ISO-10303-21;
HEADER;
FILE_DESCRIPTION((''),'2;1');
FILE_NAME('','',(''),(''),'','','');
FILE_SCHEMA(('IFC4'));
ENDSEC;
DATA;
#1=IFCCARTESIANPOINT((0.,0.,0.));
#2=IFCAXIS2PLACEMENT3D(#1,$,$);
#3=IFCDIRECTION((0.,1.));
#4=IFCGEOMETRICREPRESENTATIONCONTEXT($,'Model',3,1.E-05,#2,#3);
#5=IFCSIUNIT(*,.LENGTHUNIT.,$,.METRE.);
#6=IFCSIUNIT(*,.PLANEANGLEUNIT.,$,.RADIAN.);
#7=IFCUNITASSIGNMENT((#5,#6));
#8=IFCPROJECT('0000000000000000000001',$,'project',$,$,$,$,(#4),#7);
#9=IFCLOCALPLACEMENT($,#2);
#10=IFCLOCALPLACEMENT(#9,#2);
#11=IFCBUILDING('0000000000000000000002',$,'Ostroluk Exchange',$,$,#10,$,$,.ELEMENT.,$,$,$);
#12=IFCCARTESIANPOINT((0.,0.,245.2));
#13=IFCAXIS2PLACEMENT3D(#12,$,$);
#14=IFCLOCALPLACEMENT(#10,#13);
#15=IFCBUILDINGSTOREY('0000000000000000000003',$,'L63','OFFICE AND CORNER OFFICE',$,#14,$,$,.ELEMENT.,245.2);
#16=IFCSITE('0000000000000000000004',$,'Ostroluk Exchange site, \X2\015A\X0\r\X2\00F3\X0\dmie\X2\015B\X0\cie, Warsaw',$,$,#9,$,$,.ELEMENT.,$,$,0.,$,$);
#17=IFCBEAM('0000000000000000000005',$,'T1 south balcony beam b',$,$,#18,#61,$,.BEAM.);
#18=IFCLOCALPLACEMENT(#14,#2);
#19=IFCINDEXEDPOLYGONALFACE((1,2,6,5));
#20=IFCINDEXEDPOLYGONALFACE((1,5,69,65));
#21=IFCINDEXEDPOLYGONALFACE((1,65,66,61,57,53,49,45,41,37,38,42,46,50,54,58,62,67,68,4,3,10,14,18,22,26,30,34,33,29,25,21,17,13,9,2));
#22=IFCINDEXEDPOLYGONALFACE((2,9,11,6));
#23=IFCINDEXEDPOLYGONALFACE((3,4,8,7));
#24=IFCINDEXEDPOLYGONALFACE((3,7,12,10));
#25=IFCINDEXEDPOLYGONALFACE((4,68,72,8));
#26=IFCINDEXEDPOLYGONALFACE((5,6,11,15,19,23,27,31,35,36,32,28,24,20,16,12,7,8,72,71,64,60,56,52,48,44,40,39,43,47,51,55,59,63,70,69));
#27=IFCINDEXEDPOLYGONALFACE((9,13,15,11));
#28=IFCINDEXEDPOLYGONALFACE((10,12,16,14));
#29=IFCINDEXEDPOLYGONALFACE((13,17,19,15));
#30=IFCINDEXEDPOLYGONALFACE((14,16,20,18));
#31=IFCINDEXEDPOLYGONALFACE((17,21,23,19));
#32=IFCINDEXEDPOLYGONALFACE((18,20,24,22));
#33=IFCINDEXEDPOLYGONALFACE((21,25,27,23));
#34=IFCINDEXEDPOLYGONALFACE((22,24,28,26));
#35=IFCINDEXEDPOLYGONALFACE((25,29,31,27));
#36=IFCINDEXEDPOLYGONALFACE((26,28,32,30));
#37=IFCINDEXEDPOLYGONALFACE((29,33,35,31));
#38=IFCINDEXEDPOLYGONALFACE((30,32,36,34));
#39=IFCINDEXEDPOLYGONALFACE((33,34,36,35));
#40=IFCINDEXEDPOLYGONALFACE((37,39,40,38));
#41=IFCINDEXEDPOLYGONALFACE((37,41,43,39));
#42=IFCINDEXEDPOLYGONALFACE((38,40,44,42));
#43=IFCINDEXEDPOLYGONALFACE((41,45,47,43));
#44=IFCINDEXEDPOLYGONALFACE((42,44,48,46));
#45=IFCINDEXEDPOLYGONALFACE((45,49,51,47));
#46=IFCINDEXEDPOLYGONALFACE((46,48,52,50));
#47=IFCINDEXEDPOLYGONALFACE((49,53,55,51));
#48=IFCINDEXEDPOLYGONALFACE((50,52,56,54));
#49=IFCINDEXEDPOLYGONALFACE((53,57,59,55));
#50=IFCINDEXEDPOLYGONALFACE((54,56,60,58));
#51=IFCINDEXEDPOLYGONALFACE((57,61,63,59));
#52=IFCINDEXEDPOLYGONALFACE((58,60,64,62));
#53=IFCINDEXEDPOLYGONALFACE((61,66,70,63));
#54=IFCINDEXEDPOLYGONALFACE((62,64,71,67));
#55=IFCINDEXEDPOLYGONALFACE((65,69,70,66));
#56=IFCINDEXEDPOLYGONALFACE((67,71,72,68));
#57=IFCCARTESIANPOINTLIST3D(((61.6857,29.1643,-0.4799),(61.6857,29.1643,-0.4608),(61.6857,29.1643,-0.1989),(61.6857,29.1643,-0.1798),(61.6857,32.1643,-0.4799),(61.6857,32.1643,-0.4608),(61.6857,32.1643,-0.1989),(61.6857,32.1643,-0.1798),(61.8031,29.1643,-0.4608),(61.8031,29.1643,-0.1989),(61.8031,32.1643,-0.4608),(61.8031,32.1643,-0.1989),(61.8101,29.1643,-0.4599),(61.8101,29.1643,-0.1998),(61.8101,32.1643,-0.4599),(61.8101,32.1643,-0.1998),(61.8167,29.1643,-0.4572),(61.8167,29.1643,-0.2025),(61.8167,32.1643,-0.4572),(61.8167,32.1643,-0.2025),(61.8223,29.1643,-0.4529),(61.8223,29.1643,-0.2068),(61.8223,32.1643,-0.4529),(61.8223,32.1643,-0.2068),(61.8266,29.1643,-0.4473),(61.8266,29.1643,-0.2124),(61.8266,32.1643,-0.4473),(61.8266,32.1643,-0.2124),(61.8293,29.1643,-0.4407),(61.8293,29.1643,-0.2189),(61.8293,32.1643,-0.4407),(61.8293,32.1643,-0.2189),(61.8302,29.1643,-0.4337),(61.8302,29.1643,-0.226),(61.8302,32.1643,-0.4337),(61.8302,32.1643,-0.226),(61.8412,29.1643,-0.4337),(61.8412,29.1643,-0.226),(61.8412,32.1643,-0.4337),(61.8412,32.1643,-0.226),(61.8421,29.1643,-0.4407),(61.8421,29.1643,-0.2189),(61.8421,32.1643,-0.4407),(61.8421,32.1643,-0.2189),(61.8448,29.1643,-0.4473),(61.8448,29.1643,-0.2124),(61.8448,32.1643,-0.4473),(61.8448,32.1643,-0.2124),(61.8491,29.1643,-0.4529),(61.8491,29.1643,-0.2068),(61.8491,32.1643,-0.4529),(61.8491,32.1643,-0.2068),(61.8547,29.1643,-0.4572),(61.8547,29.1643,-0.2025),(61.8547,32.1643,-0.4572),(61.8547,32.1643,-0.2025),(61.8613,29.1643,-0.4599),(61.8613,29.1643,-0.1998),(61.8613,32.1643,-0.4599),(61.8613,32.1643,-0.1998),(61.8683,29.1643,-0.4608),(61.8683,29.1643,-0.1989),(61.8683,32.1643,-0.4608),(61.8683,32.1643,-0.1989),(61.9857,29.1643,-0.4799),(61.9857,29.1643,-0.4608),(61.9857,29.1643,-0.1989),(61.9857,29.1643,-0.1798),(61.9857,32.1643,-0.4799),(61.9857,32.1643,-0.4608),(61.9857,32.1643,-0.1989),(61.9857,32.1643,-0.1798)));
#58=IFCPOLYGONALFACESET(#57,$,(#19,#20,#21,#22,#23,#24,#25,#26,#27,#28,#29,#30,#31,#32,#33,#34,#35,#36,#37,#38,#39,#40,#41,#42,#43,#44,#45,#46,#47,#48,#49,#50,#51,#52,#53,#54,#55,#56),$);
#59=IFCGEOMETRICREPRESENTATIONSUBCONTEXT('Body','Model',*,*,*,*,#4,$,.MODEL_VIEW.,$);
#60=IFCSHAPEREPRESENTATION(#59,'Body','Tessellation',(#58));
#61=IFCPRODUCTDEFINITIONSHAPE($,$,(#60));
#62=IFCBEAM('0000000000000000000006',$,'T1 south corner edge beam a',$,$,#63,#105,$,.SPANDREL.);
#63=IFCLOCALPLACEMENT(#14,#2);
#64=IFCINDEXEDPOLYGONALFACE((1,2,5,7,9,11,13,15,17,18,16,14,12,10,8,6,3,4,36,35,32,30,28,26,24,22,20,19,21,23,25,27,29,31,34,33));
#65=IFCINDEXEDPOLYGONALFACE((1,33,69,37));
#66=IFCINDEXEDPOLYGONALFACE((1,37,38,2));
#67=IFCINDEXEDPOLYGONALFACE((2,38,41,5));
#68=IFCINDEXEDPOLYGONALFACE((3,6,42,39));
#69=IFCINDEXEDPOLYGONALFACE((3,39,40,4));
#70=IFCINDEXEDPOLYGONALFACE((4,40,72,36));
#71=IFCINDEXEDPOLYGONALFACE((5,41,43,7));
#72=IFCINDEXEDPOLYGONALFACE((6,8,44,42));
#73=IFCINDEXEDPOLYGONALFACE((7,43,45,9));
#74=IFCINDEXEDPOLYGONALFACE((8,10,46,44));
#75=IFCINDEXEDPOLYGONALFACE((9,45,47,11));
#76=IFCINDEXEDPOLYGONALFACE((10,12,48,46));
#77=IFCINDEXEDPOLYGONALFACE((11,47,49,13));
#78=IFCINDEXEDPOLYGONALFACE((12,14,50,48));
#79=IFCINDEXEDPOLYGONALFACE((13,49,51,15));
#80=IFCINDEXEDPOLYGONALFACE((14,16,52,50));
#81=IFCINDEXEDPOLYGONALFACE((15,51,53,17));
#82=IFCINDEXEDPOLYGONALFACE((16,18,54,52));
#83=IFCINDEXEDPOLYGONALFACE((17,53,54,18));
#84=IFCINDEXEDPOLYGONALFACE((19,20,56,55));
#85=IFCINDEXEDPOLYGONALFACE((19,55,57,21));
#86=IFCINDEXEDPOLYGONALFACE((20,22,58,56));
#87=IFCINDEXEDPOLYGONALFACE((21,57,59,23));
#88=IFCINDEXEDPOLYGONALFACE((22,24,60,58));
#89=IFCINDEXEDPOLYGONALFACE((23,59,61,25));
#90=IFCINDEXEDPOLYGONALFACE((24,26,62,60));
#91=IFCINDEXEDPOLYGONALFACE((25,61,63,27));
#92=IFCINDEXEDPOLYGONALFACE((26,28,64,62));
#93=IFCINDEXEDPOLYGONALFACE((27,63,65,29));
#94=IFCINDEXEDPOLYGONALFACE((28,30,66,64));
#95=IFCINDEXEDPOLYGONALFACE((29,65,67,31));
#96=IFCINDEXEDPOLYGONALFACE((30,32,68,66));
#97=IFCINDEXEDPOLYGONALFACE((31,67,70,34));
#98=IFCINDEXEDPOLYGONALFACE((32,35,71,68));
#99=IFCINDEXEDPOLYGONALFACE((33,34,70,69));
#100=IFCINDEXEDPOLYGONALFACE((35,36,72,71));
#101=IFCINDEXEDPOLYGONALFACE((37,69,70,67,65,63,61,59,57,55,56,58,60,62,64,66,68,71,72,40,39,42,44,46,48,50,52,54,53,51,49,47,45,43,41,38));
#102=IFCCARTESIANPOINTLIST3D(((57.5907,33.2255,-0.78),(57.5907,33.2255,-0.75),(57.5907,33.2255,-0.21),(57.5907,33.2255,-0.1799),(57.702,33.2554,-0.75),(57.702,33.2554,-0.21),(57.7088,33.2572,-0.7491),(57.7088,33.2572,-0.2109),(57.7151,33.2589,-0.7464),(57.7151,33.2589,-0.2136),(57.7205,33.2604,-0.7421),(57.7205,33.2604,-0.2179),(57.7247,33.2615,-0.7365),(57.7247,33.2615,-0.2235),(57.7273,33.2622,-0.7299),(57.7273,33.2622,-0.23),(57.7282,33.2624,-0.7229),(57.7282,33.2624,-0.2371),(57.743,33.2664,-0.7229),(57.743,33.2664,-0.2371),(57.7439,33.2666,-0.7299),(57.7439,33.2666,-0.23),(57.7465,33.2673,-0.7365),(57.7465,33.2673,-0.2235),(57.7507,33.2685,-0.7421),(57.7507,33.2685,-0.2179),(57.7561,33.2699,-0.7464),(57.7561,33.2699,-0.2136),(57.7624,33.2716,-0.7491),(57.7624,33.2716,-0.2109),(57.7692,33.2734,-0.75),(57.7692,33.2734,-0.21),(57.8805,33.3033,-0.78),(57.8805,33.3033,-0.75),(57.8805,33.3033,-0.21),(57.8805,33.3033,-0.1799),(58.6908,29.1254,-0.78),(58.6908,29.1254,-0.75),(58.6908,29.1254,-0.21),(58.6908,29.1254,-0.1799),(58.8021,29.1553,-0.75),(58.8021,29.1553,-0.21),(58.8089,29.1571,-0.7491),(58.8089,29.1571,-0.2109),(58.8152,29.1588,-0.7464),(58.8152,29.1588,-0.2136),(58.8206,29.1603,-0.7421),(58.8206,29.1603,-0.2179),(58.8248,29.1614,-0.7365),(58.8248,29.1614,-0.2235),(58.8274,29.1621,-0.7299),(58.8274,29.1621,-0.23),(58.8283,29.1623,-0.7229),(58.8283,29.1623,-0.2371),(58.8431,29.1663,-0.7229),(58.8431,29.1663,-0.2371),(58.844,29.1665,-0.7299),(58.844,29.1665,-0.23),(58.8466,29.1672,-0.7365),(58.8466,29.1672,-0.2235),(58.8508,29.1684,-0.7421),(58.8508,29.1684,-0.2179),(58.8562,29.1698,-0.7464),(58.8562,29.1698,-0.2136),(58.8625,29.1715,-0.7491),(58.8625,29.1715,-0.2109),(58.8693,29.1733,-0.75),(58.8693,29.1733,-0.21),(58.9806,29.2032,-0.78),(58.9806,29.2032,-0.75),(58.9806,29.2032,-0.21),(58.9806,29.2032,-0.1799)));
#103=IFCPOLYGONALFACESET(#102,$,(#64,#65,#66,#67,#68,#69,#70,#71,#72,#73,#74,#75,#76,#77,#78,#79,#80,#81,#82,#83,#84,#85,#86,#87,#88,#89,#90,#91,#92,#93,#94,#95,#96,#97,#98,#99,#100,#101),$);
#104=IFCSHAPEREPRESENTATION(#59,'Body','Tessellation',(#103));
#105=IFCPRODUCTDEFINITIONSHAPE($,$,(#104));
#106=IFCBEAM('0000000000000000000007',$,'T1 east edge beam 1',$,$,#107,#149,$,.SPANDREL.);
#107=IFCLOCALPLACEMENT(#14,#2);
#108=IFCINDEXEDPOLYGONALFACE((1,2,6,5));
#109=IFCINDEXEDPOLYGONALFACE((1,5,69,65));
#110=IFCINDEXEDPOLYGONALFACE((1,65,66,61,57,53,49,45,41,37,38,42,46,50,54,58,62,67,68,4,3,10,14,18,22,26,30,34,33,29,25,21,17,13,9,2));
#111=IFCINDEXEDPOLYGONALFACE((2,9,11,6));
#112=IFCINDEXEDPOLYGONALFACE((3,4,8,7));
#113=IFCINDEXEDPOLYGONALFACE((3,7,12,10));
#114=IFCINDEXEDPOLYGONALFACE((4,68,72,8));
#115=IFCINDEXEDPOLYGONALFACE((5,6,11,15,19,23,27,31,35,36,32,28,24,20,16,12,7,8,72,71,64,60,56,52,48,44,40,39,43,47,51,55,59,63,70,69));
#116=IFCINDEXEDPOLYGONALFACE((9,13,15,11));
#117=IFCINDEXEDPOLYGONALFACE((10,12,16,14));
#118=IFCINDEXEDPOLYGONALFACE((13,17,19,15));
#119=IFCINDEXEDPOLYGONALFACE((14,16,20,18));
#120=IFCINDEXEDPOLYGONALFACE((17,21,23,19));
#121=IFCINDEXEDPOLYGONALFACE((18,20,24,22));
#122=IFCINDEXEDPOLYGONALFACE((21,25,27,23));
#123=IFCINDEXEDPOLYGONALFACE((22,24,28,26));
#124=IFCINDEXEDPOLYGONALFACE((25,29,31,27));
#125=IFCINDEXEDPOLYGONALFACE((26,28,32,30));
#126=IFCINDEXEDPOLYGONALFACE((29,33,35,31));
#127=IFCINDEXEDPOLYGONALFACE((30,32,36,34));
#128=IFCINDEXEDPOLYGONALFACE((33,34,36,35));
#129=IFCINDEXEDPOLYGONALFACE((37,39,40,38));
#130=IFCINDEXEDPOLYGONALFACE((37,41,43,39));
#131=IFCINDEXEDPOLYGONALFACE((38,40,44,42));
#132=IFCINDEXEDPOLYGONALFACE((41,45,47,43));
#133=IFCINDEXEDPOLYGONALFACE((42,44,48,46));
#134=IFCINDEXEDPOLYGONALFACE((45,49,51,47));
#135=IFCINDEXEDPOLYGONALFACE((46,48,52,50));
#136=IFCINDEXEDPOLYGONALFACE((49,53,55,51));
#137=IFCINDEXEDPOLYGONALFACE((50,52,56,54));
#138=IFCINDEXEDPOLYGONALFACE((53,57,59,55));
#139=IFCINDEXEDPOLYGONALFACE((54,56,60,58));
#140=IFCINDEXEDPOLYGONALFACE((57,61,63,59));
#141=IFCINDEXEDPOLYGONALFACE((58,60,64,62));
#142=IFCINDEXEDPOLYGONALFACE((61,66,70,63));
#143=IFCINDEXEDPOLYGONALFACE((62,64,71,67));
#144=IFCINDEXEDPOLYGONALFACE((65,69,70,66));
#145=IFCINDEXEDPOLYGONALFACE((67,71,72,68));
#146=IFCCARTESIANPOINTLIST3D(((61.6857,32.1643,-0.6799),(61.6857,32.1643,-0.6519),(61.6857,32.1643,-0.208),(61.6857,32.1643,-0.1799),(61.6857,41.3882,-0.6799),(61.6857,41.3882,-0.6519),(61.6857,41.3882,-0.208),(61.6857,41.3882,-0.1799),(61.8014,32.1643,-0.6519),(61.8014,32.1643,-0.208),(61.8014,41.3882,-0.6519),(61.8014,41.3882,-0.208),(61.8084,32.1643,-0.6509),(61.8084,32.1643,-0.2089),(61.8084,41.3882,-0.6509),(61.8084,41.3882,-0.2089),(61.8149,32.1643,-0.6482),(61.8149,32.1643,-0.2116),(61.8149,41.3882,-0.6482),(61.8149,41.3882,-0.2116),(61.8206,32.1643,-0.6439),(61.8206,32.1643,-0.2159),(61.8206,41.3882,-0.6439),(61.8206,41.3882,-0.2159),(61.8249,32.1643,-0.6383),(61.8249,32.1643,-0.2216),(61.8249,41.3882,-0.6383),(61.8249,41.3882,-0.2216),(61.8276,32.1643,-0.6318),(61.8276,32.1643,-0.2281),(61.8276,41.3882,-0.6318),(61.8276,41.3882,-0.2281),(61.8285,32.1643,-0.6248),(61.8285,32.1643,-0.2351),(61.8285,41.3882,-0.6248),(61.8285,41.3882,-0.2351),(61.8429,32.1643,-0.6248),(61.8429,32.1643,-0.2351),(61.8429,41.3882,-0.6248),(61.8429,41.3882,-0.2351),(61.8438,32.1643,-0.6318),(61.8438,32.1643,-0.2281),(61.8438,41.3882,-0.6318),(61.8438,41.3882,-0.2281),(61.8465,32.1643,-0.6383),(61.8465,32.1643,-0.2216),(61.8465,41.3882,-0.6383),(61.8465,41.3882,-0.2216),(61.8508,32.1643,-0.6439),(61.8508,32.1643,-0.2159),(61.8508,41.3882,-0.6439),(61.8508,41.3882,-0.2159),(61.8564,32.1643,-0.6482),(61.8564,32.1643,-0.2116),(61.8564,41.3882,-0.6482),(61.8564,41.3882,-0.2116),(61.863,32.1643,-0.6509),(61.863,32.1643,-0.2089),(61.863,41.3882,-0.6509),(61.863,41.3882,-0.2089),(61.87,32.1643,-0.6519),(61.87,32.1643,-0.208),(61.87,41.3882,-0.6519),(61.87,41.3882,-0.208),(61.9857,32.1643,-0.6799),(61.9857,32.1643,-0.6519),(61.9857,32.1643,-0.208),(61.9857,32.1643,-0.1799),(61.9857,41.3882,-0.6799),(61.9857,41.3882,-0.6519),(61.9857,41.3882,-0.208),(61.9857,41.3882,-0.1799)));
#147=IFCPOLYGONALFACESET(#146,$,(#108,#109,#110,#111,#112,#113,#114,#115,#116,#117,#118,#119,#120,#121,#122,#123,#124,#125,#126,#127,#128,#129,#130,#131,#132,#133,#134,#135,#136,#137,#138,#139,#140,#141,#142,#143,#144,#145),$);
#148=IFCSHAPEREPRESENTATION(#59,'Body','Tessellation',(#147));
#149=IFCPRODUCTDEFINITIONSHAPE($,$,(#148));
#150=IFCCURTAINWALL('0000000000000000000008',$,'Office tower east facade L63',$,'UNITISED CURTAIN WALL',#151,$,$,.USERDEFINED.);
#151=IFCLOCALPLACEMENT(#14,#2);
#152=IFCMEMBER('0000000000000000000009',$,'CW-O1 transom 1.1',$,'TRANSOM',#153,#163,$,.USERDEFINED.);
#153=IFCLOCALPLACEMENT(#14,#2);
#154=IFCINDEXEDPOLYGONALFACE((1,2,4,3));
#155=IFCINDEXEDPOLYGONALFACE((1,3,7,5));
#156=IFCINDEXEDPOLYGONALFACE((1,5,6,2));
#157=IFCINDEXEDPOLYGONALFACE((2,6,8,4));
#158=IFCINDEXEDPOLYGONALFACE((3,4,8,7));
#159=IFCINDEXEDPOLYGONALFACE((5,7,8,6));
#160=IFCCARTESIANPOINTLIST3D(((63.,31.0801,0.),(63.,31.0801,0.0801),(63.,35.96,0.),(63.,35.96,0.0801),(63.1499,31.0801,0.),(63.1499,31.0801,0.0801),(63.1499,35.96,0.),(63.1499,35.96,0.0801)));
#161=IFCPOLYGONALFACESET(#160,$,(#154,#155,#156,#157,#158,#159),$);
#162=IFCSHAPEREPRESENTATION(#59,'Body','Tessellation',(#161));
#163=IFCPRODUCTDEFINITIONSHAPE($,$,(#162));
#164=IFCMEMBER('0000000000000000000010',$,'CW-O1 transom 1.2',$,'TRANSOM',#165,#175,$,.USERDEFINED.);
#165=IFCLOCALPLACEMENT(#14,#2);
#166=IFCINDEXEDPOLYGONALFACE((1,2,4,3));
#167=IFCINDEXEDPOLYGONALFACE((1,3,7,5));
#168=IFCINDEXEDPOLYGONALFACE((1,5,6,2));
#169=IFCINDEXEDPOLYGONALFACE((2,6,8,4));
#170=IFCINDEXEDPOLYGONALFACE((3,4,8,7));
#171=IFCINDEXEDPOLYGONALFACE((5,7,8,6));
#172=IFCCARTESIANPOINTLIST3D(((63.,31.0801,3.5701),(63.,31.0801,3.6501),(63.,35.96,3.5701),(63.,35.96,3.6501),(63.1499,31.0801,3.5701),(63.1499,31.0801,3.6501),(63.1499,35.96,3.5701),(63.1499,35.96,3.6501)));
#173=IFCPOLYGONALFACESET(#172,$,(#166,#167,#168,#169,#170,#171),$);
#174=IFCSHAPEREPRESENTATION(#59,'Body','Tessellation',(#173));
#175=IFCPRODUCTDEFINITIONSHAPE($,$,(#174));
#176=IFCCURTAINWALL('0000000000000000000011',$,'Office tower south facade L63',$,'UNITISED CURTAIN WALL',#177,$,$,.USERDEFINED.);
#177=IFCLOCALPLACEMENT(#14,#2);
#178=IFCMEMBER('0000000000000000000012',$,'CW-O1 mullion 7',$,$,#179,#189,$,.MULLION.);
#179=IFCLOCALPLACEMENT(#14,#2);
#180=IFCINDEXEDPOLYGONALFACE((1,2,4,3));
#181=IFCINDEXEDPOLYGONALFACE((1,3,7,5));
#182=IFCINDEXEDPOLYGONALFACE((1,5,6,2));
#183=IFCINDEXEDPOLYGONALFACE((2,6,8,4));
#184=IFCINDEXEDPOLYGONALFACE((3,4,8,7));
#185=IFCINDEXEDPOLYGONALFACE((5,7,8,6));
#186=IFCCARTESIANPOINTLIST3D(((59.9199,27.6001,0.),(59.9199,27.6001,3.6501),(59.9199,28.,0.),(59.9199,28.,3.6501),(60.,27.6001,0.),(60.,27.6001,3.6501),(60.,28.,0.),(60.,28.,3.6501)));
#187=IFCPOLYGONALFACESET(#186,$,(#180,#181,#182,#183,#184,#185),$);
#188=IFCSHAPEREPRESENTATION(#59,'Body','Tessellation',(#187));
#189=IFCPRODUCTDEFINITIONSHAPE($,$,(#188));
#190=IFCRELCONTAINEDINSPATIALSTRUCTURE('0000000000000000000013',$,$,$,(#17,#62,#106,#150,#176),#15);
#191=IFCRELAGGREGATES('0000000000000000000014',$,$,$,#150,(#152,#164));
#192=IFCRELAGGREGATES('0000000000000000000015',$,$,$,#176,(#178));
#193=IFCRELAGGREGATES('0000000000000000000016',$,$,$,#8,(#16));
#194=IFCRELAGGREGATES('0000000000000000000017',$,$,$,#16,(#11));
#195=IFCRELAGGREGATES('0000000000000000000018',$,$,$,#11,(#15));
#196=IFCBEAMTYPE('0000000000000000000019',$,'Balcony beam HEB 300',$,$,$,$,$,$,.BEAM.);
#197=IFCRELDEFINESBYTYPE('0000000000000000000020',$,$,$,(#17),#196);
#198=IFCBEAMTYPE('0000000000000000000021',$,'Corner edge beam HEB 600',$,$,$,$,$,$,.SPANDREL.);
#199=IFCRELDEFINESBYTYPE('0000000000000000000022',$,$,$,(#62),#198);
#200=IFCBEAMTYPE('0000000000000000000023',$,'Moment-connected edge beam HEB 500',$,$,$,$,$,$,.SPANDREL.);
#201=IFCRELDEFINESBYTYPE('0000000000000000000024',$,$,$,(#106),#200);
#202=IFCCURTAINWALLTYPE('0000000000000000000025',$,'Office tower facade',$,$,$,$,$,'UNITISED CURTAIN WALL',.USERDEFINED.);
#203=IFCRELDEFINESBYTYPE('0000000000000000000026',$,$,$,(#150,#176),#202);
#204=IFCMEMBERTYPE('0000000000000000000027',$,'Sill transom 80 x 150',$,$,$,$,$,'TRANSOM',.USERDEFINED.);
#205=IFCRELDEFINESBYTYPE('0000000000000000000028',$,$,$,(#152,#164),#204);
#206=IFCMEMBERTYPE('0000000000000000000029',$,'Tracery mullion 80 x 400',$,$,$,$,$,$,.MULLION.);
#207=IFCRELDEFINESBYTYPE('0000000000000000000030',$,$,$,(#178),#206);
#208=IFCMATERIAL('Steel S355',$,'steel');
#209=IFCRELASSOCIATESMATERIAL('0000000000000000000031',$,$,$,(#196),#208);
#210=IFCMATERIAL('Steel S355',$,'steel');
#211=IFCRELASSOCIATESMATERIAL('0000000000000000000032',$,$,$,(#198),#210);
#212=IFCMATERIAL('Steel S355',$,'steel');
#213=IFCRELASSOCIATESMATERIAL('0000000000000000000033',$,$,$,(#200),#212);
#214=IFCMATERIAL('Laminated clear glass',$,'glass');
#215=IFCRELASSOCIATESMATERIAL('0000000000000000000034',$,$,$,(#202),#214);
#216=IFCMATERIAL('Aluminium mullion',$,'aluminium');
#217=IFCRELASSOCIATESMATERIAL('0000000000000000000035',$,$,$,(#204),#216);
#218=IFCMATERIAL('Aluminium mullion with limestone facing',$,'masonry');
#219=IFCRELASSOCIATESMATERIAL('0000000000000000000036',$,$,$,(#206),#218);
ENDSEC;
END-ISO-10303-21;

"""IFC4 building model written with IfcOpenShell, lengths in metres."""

from ifc_helpers import new_model, si_unit, direction, frame, origin, origin_2d, place, context, subcontext, project, spatial, rectangle, i_section, extrude, material, material_profile, profile_set, type_object, element, aggregate, save


model = new_model("IFC4")

# Units and contexts
model_context = context("Model", 3, precision=1e-05, world=origin(), true_north=direction((0.0, 1.0)))
body_context = subcontext(model_context, "Body", "Model", "MODEL_VIEW")
ifc_project = project(units=[si_unit("LENGTHUNIT", "METRE"), si_unit("PLANEANGLEUNIT", "RADIAN")], contexts=[model_context])

# Site, building, storey
site_placement = place(None, origin())
site = spatial("IfcSite", under=ifc_project, at=site_placement, Name="Ostroluk Exchange site, Śródmieście, Warsaw", CompositionType="ELEMENT", RefElevation=0.0)
building_placement = place(site_placement, origin())
building = spatial("IfcBuilding", under=site, at=building_placement, Name="Ostroluk Exchange", CompositionType="ELEMENT")
storey_placement = place(building_placement, frame((0.0, 0.0, 245.2)))
storey = spatial("IfcBuildingStorey", under=building, at=storey_placement, Name="L63", Description="OFFICE AND CORNER OFFICE", CompositionType="ELEMENT", Elevation=245.2)

# Beams
ifc_material_1 = material(Name="Steel S355", Category="steel")
ifc_material_profile_1 = material_profile(ifc_material_1, i_section(OverallWidth=0.3, OverallDepth=0.3, WebThickness=0.011, FlangeThickness=0.019, FilletRadius=0.0271, at=origin_2d()), Name="HEB 300")
ifc_profile_set_1 = profile_set([ifc_material_profile_1], Name="Steel S355")
beam_type_1 = type_object("IfcBeamType", Name="Balcony beam HEB 300", PredefinedType="BEAM", material=ifc_profile_set_1)
for number, where, z_axis, x_axis, name in (
    (1, (61.8357, 32.1643, -0.3298), (0.0, -1.0, 0.0), (1.0, 0.0, 0.0), "T1 south balcony beam b"),
):
    element("IfcBeam", number, at=place(storey_placement, frame(where, z_axis=z_axis, x_axis=x_axis)), inside=storey, type_object=beam_type_1, Name=name, PredefinedType="BEAM", context=body_context, shape_type="SweptSolid", body=[
        extrude(i_section(OverallWidth=0.3, OverallDepth=0.3, WebThickness=0.011, FlangeThickness=0.019, FilletRadius=0.0271, at=origin_2d()), origin(), (0.0, 0.0, 1.0), 3.0),
    ])
ifc_material_2 = material(Name="Steel S355", Category="steel")
ifc_material_profile_2 = material_profile(ifc_material_2, i_section(OverallWidth=0.3, OverallDepth=0.6001, WebThickness=0.0154, FlangeThickness=0.03, FilletRadius=0.0271, at=origin_2d()), Name="HEB 600")
ifc_profile_set_2 = profile_set([ifc_material_profile_2], Name="Steel S355")
beam_type_2 = type_object("IfcBeamType", Name="Corner edge beam HEB 600", PredefinedType="SPANDREL", material=ifc_profile_set_2)
beam_1_placement = place(storey_placement, frame((57.7356, 33.2644, -0.48), z_axis=(0.259144, -0.965839, 0.0), x_axis=(0.965839, 0.259144, 0.0)))
element("IfcBeam", 2, at=beam_1_placement, inside=storey, type_object=beam_type_2, Name="T1 south corner edge beam a", PredefinedType="SPANDREL", context=body_context, shape_type="SweptSolid", body=[
    extrude(i_section(OverallWidth=0.3, OverallDepth=0.6001, WebThickness=0.0154, FlangeThickness=0.03, FilletRadius=0.0271, at=origin_2d()), origin(), (0.0, 0.0, 1.0), 4.2451),
])
ifc_material_3 = material(Name="Steel S355", Category="steel")
ifc_material_profile_3 = material_profile(ifc_material_3, i_section(OverallWidth=0.3, OverallDepth=0.5, WebThickness=0.0144, FlangeThickness=0.0281, FilletRadius=0.0271, at=origin_2d()), Name="HEB 500")
ifc_profile_set_3 = profile_set([ifc_material_profile_3], Name="Steel S355")
beam_type_3 = type_object("IfcBeamType", Name="Moment-connected edge beam HEB 500", PredefinedType="SPANDREL", material=ifc_profile_set_3)
beam_2_placement = place(storey_placement, frame((61.8357, 32.1643, -0.4299), z_axis=(0.0, 1.0, 0.0), x_axis=(-1.0, 0.0, 0.0)))
element("IfcBeam", 3, at=beam_2_placement, inside=storey, type_object=beam_type_3, Name="T1 east edge beam 1", PredefinedType="SPANDREL", context=body_context, shape_type="SweptSolid", body=[
    extrude(i_section(OverallWidth=0.3, OverallDepth=0.5, WebThickness=0.0144, FlangeThickness=0.0281, FilletRadius=0.0271, at=origin_2d()), origin(), (0.0, 0.0, 1.0), 9.2239),
])

# Curtain wall, members
ifc_material_4 = material(Name="Laminated clear glass", Category="glass")
curtain_wall_type = type_object("IfcCurtainWallType", Name="Office tower facade", ElementType="UNITISED CURTAIN WALL", PredefinedType="USERDEFINED", material=ifc_material_4)
curtain_wall_1_placement = place(storey_placement, origin())
curtain_wall_1 = element("IfcCurtainWall", 4, at=curtain_wall_1_placement, inside=storey, type_object=curtain_wall_type, Name="Office tower east facade L63", ObjectType="UNITISED CURTAIN WALL", PredefinedType="USERDEFINED")
ifc_material_5 = material(Name="Aluminium mullion", Category="aluminium")
ifc_material_profile_4 = material_profile(ifc_material_5, rectangle(XDim=0.1499, YDim=0.0801, at=origin_2d()), Name="Sill transom 80 x 150")
ifc_profile_set_4 = profile_set([ifc_material_profile_4], Name="Aluminium mullion")
member_type_1 = type_object("IfcMemberType", Name="Sill transom 80 x 150", ElementType="TRANSOM", PredefinedType="USERDEFINED", material=ifc_profile_set_4)
member_1_placement = place(storey_placement, frame((63.075, 31.0801, 0.04), z_axis=(0.0, 1.0, 0.0), x_axis=(-1.0, 0.0, 0.0)))
member_1 = element("IfcMember", 5, at=member_1_placement, type_object=member_type_1, Name="CW-O1 transom 1.1", ObjectType="TRANSOM", PredefinedType="USERDEFINED", context=body_context, shape_type="SweptSolid", body=[
    extrude(rectangle(XDim=0.1499, YDim=0.0801, at=origin_2d()), origin(), (0.0, 0.0, 1.0), 4.8799),
])
member_2_placement = place(storey_placement, frame((63.075, 31.0801, 3.6101), z_axis=(0.0, 1.0, 0.0), x_axis=(-1.0, 0.0, 0.0)))
member_2 = element("IfcMember", 6, at=member_2_placement, type_object=member_type_1, Name="CW-O1 transom 1.2", ObjectType="TRANSOM", PredefinedType="USERDEFINED", context=body_context, shape_type="SweptSolid", body=[
    extrude(rectangle(XDim=0.1499, YDim=0.0801, at=origin_2d()), origin(), (0.0, 0.0, 1.0), 4.8799),
])

# Curtain wall, member
curtain_wall_2_placement = place(storey_placement, origin())
curtain_wall_2 = element("IfcCurtainWall", 7, at=curtain_wall_2_placement, inside=storey, type_object=curtain_wall_type, Name="Office tower south facade L63", ObjectType="UNITISED CURTAIN WALL", PredefinedType="USERDEFINED")
ifc_material_6 = material(Name="Aluminium mullion with limestone facing", Category="masonry")
ifc_material_profile_5 = material_profile(ifc_material_6, rectangle(XDim=0.3999, YDim=0.0801, at=origin_2d()), Name="Tracery mullion 80 x 400")
ifc_profile_set_5 = profile_set([ifc_material_profile_5], Name="Aluminium mullion with limestone facing")
member_type_2 = type_object("IfcMemberType", Name="Tracery mullion 80 x 400", PredefinedType="MULLION", material=ifc_profile_set_5)
member_3_placement = place(storey_placement, frame((59.96, 27.8, 0.0), z_axis=(0.0, 0.0, 1.0), x_axis=(0.0, 1.0, 0.0)))
member_3 = element("IfcMember", 8, at=member_3_placement, type_object=member_type_2, Name="CW-O1 mullion 7", PredefinedType="MULLION", context=body_context, shape_type="SweptSolid", body=[
    extrude(rectangle(XDim=0.3999, YDim=0.0801, at=origin_2d()), origin(), (0.0, 0.0, 1.0), 3.6501),
])

aggregate(curtain_wall_1, [member_1, member_2])

aggregate(curtain_wall_2, [member_3])

save(model, "model.ifc")
